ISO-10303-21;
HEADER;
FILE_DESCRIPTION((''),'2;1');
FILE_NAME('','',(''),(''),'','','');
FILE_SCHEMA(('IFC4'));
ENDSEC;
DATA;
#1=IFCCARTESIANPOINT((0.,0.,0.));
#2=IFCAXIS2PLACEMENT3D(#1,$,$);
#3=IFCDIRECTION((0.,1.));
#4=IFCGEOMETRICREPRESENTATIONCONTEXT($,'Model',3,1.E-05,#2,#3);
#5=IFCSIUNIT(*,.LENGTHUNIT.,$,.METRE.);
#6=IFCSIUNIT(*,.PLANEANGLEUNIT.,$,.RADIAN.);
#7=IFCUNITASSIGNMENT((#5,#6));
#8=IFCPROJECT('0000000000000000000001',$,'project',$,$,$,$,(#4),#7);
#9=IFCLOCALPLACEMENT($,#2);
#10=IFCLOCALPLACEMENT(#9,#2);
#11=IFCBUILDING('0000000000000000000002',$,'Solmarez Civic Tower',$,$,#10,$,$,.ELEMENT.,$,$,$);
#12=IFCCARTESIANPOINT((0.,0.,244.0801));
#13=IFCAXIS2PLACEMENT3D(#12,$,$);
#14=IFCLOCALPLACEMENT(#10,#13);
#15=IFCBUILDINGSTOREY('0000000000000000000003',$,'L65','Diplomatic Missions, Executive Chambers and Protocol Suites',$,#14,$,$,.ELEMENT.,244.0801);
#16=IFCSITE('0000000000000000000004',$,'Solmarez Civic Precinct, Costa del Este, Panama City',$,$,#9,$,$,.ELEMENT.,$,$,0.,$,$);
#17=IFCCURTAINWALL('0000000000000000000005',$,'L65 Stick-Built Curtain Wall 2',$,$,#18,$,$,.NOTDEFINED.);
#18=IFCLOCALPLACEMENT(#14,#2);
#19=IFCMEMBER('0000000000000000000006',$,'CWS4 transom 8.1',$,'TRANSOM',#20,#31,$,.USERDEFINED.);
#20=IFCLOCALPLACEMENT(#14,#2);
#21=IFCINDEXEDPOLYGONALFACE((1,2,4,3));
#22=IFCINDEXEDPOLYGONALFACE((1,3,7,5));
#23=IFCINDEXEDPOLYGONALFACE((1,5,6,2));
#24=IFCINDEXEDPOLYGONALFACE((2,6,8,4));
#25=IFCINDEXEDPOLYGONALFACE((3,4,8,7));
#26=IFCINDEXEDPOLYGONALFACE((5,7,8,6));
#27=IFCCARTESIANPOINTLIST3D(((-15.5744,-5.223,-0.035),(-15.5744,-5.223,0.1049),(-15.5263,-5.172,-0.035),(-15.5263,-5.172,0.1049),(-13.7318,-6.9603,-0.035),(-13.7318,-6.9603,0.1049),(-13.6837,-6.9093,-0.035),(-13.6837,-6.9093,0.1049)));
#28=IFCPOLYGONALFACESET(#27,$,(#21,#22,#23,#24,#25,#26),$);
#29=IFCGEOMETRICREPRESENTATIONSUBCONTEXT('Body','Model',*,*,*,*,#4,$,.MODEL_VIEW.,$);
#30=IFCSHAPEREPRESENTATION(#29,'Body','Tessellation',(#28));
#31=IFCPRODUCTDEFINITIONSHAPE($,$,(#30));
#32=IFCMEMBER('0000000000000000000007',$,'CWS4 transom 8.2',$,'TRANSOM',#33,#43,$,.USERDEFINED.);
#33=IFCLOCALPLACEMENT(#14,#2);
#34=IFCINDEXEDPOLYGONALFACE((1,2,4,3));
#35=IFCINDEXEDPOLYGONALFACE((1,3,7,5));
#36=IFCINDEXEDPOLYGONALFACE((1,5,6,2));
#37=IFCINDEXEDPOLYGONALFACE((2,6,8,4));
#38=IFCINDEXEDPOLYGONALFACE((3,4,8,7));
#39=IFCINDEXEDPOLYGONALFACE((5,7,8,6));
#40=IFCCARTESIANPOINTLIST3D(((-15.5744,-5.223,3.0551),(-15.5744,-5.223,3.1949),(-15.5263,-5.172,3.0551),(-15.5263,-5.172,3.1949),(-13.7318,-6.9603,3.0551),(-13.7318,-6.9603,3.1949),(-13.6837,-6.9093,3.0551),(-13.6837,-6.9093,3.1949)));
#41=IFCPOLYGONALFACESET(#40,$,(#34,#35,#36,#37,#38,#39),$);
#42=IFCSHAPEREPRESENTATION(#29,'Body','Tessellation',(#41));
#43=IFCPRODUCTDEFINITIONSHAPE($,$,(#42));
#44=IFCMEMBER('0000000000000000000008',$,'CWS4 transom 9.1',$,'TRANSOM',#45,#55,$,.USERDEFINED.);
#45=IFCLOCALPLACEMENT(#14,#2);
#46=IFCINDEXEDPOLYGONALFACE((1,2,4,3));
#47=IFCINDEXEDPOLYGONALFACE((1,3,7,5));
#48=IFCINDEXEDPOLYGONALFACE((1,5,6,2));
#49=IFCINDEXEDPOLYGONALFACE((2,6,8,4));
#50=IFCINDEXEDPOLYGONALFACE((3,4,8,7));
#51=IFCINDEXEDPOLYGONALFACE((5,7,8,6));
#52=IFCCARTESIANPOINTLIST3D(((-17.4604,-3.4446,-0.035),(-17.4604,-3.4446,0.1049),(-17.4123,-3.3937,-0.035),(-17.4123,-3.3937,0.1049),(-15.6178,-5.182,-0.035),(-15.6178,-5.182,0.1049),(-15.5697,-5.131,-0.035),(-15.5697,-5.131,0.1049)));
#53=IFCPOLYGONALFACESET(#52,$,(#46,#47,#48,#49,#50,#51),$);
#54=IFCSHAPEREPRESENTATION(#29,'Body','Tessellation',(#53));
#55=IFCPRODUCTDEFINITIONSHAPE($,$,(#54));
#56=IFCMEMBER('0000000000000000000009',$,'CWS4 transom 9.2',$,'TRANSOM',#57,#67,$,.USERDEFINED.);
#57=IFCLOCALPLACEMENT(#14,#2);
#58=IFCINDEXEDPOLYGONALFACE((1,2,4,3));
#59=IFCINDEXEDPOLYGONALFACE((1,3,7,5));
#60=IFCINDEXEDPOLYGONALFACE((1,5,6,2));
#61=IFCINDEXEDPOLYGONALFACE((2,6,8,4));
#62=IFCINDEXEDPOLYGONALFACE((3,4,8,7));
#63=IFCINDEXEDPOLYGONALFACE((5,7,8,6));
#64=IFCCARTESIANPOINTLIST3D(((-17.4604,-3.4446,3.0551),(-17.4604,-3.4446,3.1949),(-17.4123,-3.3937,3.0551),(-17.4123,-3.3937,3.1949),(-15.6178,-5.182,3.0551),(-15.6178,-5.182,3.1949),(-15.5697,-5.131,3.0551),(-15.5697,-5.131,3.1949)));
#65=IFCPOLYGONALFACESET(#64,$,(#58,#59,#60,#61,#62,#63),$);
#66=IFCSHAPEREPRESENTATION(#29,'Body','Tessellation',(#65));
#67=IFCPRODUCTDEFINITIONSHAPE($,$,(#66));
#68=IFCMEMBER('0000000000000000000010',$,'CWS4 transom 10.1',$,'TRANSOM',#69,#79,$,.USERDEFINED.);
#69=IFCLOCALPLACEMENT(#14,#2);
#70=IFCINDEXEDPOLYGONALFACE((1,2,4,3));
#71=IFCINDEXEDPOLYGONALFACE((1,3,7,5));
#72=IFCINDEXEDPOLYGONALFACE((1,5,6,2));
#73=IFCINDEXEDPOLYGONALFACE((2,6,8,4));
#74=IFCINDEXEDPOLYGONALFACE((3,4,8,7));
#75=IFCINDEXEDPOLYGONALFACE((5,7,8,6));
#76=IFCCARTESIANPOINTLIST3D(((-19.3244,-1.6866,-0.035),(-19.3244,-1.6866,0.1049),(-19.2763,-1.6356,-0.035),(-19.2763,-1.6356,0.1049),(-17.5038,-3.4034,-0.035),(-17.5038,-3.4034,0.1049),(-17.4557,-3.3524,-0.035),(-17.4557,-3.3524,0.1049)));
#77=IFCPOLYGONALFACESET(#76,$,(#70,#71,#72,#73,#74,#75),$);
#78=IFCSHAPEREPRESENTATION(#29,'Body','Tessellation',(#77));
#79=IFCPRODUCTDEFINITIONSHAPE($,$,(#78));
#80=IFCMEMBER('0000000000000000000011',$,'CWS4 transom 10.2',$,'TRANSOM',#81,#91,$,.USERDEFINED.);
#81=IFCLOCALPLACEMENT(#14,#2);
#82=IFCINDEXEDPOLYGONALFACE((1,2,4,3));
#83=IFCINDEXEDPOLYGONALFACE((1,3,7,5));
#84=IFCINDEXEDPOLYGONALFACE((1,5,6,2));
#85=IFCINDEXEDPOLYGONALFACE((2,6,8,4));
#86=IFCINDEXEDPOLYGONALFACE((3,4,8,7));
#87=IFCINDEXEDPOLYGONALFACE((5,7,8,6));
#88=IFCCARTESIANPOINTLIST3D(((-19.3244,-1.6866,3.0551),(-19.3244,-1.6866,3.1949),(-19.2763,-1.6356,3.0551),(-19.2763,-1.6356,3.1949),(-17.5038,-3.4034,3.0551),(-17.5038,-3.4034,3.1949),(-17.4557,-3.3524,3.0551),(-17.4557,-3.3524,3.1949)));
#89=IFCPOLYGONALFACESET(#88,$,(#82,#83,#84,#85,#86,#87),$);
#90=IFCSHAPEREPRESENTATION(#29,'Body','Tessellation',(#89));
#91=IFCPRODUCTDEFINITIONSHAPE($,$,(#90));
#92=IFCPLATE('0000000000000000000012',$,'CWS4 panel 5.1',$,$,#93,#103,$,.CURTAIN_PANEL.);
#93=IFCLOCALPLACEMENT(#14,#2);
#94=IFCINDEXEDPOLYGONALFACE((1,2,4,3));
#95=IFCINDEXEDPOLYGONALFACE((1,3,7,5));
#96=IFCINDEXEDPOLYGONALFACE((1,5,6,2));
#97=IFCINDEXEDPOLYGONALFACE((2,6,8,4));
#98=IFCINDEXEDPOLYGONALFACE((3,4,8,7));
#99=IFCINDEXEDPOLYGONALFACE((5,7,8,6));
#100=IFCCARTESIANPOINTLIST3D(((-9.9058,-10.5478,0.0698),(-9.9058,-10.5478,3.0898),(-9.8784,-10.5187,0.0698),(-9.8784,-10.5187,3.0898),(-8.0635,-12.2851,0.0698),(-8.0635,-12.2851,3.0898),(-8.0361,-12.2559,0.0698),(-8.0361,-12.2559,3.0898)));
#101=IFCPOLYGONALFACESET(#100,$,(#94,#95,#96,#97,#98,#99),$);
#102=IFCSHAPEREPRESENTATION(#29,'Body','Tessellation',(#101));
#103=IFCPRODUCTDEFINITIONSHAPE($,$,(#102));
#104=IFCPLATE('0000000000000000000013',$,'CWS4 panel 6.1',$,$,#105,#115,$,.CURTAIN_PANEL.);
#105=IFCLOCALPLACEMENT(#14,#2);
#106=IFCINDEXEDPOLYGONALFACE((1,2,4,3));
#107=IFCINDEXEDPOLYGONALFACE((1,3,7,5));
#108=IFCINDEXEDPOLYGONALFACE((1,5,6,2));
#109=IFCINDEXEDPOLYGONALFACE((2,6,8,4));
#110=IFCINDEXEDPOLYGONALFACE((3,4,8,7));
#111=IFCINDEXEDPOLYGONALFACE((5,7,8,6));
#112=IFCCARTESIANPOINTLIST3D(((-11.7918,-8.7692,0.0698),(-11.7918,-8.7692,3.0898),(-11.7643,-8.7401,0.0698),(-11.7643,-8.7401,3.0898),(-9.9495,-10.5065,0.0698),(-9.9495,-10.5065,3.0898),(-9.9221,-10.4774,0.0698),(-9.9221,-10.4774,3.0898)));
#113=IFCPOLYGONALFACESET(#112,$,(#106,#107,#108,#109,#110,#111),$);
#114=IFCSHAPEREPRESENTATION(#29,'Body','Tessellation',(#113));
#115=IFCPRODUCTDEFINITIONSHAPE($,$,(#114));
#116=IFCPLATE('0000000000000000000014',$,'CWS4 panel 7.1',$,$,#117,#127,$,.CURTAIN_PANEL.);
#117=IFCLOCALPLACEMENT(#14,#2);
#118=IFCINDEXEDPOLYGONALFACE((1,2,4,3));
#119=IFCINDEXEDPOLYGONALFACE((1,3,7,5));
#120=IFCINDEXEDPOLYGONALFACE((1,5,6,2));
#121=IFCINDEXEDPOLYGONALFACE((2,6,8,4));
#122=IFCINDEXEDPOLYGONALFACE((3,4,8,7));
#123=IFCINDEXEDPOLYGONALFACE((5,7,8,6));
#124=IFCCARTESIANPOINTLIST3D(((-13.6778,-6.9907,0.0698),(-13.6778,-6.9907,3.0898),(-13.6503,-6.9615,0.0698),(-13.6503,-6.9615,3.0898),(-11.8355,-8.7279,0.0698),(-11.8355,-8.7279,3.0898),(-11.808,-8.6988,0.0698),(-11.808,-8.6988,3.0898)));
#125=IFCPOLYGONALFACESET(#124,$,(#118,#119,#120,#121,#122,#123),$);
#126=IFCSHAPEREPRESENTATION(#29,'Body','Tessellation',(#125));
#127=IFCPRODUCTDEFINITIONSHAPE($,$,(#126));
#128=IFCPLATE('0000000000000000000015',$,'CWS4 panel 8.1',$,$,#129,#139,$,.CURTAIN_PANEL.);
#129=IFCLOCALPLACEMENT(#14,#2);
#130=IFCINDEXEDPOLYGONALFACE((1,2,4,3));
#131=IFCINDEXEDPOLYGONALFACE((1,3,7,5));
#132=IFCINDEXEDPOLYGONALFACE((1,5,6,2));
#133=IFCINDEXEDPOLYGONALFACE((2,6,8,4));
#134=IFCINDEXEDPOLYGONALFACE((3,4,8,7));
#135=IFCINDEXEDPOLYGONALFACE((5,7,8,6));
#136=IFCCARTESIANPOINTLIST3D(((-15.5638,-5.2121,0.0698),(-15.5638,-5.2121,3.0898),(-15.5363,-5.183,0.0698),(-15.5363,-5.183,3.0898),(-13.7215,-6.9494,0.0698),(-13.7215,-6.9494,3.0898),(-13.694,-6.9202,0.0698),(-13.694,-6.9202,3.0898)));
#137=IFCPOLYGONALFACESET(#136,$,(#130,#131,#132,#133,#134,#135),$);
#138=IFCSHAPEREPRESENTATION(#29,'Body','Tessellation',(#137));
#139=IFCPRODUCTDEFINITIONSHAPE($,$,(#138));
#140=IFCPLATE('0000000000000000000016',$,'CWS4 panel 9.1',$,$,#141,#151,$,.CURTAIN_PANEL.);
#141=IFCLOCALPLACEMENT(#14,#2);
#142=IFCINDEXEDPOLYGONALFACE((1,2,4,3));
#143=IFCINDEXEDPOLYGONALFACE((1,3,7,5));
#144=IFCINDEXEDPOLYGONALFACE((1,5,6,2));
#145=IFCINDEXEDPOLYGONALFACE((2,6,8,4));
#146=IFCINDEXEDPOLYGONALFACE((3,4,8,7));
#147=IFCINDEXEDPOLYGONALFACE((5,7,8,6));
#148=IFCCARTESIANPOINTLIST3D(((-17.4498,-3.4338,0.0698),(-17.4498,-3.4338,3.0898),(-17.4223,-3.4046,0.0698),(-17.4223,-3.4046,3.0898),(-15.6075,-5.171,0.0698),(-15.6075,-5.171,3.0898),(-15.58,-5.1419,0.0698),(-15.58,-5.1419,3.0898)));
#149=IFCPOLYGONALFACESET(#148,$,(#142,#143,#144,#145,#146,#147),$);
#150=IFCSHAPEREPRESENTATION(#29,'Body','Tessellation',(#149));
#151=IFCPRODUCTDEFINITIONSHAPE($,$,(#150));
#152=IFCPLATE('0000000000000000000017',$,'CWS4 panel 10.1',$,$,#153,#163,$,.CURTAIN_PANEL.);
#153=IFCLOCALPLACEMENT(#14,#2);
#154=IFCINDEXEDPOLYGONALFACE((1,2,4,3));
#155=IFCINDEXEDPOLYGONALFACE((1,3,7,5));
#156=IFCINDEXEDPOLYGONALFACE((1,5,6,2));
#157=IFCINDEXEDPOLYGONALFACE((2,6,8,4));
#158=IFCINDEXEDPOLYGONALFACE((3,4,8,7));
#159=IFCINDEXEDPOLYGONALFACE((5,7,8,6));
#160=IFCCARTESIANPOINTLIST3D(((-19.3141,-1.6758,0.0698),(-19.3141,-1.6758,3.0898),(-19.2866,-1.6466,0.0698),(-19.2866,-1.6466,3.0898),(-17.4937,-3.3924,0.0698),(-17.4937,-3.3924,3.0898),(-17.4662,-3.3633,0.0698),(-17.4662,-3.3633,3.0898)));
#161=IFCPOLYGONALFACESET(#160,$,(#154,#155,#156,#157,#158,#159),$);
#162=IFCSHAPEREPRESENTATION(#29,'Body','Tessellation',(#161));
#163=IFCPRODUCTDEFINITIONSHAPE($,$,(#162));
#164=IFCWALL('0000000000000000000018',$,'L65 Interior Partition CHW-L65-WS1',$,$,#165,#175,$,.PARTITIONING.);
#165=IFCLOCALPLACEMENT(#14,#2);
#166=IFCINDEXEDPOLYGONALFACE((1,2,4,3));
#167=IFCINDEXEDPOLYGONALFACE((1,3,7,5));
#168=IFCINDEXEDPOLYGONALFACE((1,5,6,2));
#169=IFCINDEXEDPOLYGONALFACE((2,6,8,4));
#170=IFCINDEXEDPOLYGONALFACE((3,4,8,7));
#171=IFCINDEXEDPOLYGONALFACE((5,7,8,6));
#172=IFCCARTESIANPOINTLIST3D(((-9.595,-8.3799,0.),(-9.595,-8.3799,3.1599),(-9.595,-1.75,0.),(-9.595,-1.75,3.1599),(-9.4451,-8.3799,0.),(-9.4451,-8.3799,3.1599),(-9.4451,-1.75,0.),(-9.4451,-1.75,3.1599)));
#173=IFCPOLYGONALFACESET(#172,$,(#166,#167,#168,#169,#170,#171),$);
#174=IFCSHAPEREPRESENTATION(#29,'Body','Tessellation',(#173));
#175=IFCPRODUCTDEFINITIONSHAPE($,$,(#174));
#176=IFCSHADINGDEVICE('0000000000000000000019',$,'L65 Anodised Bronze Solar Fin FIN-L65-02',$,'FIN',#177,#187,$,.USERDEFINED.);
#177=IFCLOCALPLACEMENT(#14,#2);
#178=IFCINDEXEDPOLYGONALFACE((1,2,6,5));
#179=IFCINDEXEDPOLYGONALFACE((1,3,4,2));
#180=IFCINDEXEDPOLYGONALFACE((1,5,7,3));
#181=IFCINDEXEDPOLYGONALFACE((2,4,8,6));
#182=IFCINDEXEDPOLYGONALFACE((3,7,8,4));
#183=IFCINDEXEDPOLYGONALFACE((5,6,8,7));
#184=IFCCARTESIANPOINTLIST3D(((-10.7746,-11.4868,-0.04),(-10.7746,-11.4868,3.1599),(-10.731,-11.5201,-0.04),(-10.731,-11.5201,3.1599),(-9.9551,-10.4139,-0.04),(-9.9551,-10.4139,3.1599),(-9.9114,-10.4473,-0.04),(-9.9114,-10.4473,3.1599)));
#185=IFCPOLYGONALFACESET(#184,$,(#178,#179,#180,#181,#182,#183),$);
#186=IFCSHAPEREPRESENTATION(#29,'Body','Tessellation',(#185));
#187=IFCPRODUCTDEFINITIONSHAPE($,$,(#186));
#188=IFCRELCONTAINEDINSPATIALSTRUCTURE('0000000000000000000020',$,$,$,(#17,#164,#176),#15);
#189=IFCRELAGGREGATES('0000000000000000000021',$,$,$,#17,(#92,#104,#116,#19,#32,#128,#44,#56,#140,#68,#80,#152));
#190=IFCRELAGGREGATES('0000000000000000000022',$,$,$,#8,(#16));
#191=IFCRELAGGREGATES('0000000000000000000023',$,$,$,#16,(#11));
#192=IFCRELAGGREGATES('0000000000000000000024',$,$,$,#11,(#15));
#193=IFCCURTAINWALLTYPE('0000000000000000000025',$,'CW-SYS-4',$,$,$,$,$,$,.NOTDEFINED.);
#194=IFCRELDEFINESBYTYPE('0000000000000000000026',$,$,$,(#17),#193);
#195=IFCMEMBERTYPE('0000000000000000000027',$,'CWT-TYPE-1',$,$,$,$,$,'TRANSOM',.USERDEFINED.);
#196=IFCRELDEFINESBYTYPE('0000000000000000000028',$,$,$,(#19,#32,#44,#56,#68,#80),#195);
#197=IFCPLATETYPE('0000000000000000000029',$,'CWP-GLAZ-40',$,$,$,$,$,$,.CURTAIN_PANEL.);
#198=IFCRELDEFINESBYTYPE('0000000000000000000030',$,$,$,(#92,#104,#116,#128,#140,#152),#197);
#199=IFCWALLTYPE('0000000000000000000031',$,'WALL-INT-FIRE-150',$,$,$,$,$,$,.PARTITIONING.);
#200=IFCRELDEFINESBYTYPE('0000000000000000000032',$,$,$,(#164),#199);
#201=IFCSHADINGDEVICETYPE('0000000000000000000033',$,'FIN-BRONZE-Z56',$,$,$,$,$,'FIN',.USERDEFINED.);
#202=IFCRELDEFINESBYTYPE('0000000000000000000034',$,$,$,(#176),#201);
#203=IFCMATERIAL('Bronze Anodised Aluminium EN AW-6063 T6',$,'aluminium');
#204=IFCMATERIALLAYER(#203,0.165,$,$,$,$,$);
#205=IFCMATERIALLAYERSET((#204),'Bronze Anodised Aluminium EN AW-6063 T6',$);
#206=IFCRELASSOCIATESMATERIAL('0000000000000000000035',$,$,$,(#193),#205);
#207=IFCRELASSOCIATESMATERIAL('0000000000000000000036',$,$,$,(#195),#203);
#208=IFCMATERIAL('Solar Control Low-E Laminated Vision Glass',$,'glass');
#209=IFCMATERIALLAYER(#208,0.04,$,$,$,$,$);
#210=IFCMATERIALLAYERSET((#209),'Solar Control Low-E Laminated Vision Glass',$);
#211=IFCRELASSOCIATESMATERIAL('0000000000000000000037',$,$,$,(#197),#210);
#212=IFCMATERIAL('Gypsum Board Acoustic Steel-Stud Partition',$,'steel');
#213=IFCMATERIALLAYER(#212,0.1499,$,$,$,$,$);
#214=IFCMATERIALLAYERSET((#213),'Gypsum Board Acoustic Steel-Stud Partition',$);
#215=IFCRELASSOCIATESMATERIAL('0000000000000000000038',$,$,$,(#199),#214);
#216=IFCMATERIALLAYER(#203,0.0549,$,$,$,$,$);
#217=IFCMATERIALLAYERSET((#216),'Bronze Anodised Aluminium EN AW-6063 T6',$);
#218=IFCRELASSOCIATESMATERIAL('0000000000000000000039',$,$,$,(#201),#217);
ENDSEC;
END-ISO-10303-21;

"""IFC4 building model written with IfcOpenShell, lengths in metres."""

from ifc_helpers import new_model, si_unit, direction, frame, frame_2d, origin, origin_2d, place, context, subcontext, project, spatial, rectangle, extrude, material, layer, layer_set, material_profile, profile_set, type_object, element, aggregate, save


model = new_model("IFC4")

# Units and contexts
model_context = context("Model", 3, precision=1e-05, world=origin(), true_north=direction((0.0, 1.0)))
body_context = subcontext(model_context, "Body", "Model", "MODEL_VIEW")
ifc_project = project(units=[si_unit("LENGTHUNIT", "METRE"), si_unit("PLANEANGLEUNIT", "RADIAN")], contexts=[model_context])

# Site, building, storey
site_placement = place(None, origin())
site = spatial("IfcSite", under=ifc_project, at=site_placement, Name="Solmarez Civic Precinct, Costa del Este, Panama City", CompositionType="ELEMENT", RefElevation=0.0)
building_placement = place(site_placement, origin())
building = spatial("IfcBuilding", under=site, at=building_placement, Name="Solmarez Civic Tower", CompositionType="ELEMENT")
storey_placement = place(building_placement, frame((0.0, 0.0, 244.0801)))
storey = spatial("IfcBuildingStorey", under=building, at=storey_placement, Name="L65", Description="Diplomatic Missions, Executive Chambers and Protocol Suites", CompositionType="ELEMENT", Elevation=244.0801)

# Curtain wall, members, plates
ifc_material_1 = material(Name="Bronze Anodised Aluminium EN AW-6063 T6", Category="aluminium")
ifc_layer_1 = layer(ifc_material_1, 0.165)
ifc_layer_set_1 = layer_set([ifc_layer_1], Name="Bronze Anodised Aluminium EN AW-6063 T6")
curtain_wall_type = type_object("IfcCurtainWallType", Name="CW-SYS-4", PredefinedType="NOTDEFINED", material=ifc_layer_set_1)
curtain_wall_placement = place(storey_placement, origin())
curtain_wall = element("IfcCurtainWall", 1, at=curtain_wall_placement, inside=storey, type_object=curtain_wall_type, Name="L65 Stick-Built Curtain Wall 2", PredefinedType="NOTDEFINED")
ifc_material_profile_1 = material_profile(ifc_material_1, rectangle(XDim=0.0701, YDim=0.1399, at=origin_2d()), Name="CWT-70X140")
ifc_profile_set_1 = profile_set([ifc_material_profile_1], Name="Bronze Anodised Aluminium EN AW-6063 T6")
member_type_1 = type_object("IfcMemberType", Name="CWT-TYPE-1", ElementType="TRANSOM", PredefinedType="USERDEFINED", material=ifc_profile_set_1)
member_1_placement = place(storey_placement, frame((-13.7078, -6.9348, 0.0349), z_axis=(-0.727577, 0.686026, 0.0), x_axis=(-0.686026, -0.727577, 0.0)))
member_1 = element("IfcMember", 2, at=member_1_placement, type_object=member_type_1, Name="CWS4 transom 8.1", ObjectType="TRANSOM", PredefinedType="USERDEFINED", context=body_context, shape_type="SweptSolid", body=[
    extrude(rectangle(XDim=0.0701, YDim=0.1399, at=origin_2d()), origin(), (0.0, 0.0, 1.0), 2.5325),
])
member_2_placement = place(storey_placement, frame((-13.7078, -6.9348, 3.125), z_axis=(-0.727577, 0.686026, 0.0), x_axis=(-0.686026, -0.727577, 0.0)))
member_2 = element("IfcMember", 3, at=member_2_placement, type_object=member_type_1, Name="CWS4 transom 8.2", ObjectType="TRANSOM", PredefinedType="USERDEFINED", context=body_context, shape_type="SweptSolid", body=[
    extrude(rectangle(XDim=0.0701, YDim=0.1399, at=origin_2d()), origin(), (0.0, 0.0, 1.0), 2.5325),
])
member_3_placement = place(storey_placement, frame((-15.5938, -5.1565, 0.0349), z_axis=(-0.727577, 0.686026, 0.0), x_axis=(-0.686026, -0.727577, 0.0)))
member_3 = element("IfcMember", 4, at=member_3_placement, type_object=member_type_1, Name="CWS4 transom 9.1", ObjectType="TRANSOM", PredefinedType="USERDEFINED", context=body_context, shape_type="SweptSolid", body=[
    extrude(rectangle(XDim=0.0701, YDim=0.1399, at=origin_2d()), origin(), (0.0, 0.0, 1.0), 2.5325),
])
member_4_placement = place(storey_placement, frame((-15.5938, -5.1565, 3.125), z_axis=(-0.727577, 0.686026, 0.0), x_axis=(-0.686026, -0.727577, 0.0)))
member_4 = element("IfcMember", 5, at=member_4_placement, type_object=member_type_1, Name="CWS4 transom 9.2", ObjectType="TRANSOM", PredefinedType="USERDEFINED", context=body_context, shape_type="SweptSolid", body=[
    extrude(rectangle(XDim=0.0701, YDim=0.1399, at=origin_2d()), origin(), (0.0, 0.0, 1.0), 2.5325),
])
member_5_placement = place(storey_placement, frame((-17.4797, -3.3779, 0.0349), z_axis=(-0.727535, 0.68607, 0.0), x_axis=(-0.68607, -0.727535, 0.0)))
member_5 = element("IfcMember", 6, at=member_5_placement, type_object=member_type_1, Name="CWS4 transom 10.1", ObjectType="TRANSOM", PredefinedType="USERDEFINED", context=body_context, shape_type="SweptSolid", body=[
    extrude(rectangle(XDim=0.0701, YDim=0.1399, at=origin_2d()), origin(), (0.0, 0.0, 1.0), 2.5024),
])
member_6_placement = place(storey_placement, frame((-17.4797, -3.3779, 3.125), z_axis=(-0.727535, 0.68607, 0.0), x_axis=(-0.68607, -0.727535, 0.0)))
member_6 = element("IfcMember", 7, at=member_6_placement, type_object=member_type_1, Name="CWS4 transom 10.2", ObjectType="TRANSOM", PredefinedType="USERDEFINED", context=body_context, shape_type="SweptSolid", body=[
    extrude(rectangle(XDim=0.0701, YDim=0.1399, at=origin_2d()), origin(), (0.0, 0.0, 1.0), 2.5024),
])
ifc_material_2 = material(Name="Solar Control Low-E Laminated Vision Glass", Category="glass")
ifc_layer_2 = layer(ifc_material_2, 0.04)
ifc_layer_set_2 = layer_set([ifc_layer_2], Name="Solar Control Low-E Laminated Vision Glass")
plate_type = type_object("IfcPlateType", Name="CWP-GLAZ-40", PredefinedType="CURTAIN_PANEL", material=ifc_layer_set_2)
plate_1_placement = place(storey_placement, frame((-8.9709, -11.4019, 0.0698), z_axis=(0.0, 0.0, 1.0), x_axis=(-0.727537, 0.686068, 0.0)))
plate_1 = element("IfcPlate", 8, at=plate_1_placement, type_object=plate_type, Name="CWS4 panel 5.1", PredefinedType="CURTAIN_PANEL", context=body_context, shape_type="SweptSolid", body=[
    extrude(rectangle(XDim=2.5322, YDim=0.04, at=origin_2d()), origin(), (0.0, 0.0, 1.0), 3.02),
])
plate_2_placement = place(storey_placement, frame((-10.8569, -9.6233, 0.0698), z_axis=(0.0, 0.0, 1.0), x_axis=(-0.727537, 0.686068, 0.0)))
plate_2 = element("IfcPlate", 9, at=plate_2_placement, type_object=plate_type, Name="CWS4 panel 6.1", PredefinedType="CURTAIN_PANEL", context=body_context, shape_type="SweptSolid", body=[
    extrude(rectangle(XDim=2.5322, YDim=0.04, at=origin_2d()), origin(), (0.0, 0.0, 1.0), 3.02),
])
plate_3_placement = place(storey_placement, frame((-12.7429, -7.8447, 0.0698), z_axis=(0.0, 0.0, 1.0), x_axis=(-0.727537, 0.686068, 0.0)))
plate_3 = element("IfcPlate", 10, at=plate_3_placement, type_object=plate_type, Name="CWS4 panel 7.1", PredefinedType="CURTAIN_PANEL", context=body_context, shape_type="SweptSolid", body=[
    extrude(rectangle(XDim=2.5322, YDim=0.04, at=origin_2d()), origin(), (0.0, 0.0, 1.0), 3.02),
])
plate_4_placement = place(storey_placement, frame((-14.6289, -6.0662, 0.0698), z_axis=(0.0, 0.0, 1.0), x_axis=(-0.727537, 0.686068, 0.0)))
plate_4 = element("IfcPlate", 11, at=plate_4_placement, type_object=plate_type, Name="CWS4 panel 8.1", PredefinedType="CURTAIN_PANEL", context=body_context, shape_type="SweptSolid", body=[
    extrude(rectangle(XDim=2.5322, YDim=0.04, at=origin_2d()), origin(), (0.0, 0.0, 1.0), 3.02),
])
plate_5_placement = place(storey_placement, frame((-16.5149, -4.2878, 0.0698), z_axis=(0.0, 0.0, 1.0), x_axis=(-0.727537, 0.686068, 0.0)))
plate_5 = element("IfcPlate", 12, at=plate_5_placement, type_object=plate_type, Name="CWS4 panel 9.1", PredefinedType="CURTAIN_PANEL", context=body_context, shape_type="SweptSolid", body=[
    extrude(rectangle(XDim=2.5322, YDim=0.04, at=origin_2d()), origin(), (0.0, 0.0, 1.0), 3.02),
])
plate_6_placement = place(storey_placement, frame((-18.3901, -2.5195, 0.0698), z_axis=(0.0, 0.0, 1.0), x_axis=(-0.727537, 0.686068, 0.0)))
plate_6 = element("IfcPlate", 13, at=plate_6_placement, type_object=plate_type, Name="CWS4 panel 10.1", PredefinedType="CURTAIN_PANEL", context=body_context, shape_type="SweptSolid", body=[
    extrude(rectangle(XDim=2.5022, YDim=0.04, at=origin_2d()), origin(), (0.0, 0.0, 1.0), 3.02),
])
aggregate(curtain_wall, [plate_1, plate_2, plate_3, member_1, member_2, plate_4, member_3, member_4, plate_5, member_5, member_6, plate_6])

# Wall
ifc_material_3 = material(Name="Gypsum Board Acoustic Steel-Stud Partition", Category="steel")
ifc_layer_3 = layer(ifc_material_3, 0.1499)
ifc_layer_set_3 = layer_set([ifc_layer_3], Name="Gypsum Board Acoustic Steel-Stud Partition")
wall_type = type_object("IfcWallType", Name="WALL-INT-FIRE-150", PredefinedType="PARTITIONING", material=ifc_layer_set_3)
wall_placement = place(storey_placement, frame((-9.52, -8.3799, 0.0), z_axis=(0.0, 0.0, 1.0), x_axis=(0.0, 1.0, 0.0)))
element("IfcWall", 14, at=wall_placement, inside=storey, type_object=wall_type, Name="L65 Interior Partition CHW-L65-WS1", PredefinedType="PARTITIONING", context=body_context, shape_type="SweptSolid", body=[
    extrude(rectangle(XDim=6.6299, YDim=0.1499, at=frame_2d((3.3149, 0.0))), origin(), (0.0, 0.0, 1.0), 3.1599),
])

# Shading device
ifc_layer_4 = layer(ifc_material_1, 0.0549)
ifc_layer_set_4 = layer_set([ifc_layer_4], Name="Bronze Anodised Aluminium EN AW-6063 T6")
shading_device_type = type_object("IfcShadingDeviceType", Name="FIN-BRONZE-Z56", ElementType="FIN", PredefinedType="USERDEFINED", material=ifc_layer_set_4)
shading_device_placement = place(storey_placement, frame((-10.343, -10.967, -0.04), z_axis=(0.0, 0.0, 1.0), x_axis=(-0.607057, -0.794658, 0.0)))
element("IfcShadingDevice", 15, at=shading_device_placement, inside=storey, type_object=shading_device_type, Name="L65 Anodised Bronze Solar Fin FIN-L65-02", ObjectType="FIN", PredefinedType="USERDEFINED", context=body_context, shape_type="SweptSolid", body=[
    extrude(rectangle(XDim=1.3501, YDim=0.0549, at=origin_2d()), origin(), (0.0, 0.0, 1.0), 3.2),
])

save(model, "model.ifc")
